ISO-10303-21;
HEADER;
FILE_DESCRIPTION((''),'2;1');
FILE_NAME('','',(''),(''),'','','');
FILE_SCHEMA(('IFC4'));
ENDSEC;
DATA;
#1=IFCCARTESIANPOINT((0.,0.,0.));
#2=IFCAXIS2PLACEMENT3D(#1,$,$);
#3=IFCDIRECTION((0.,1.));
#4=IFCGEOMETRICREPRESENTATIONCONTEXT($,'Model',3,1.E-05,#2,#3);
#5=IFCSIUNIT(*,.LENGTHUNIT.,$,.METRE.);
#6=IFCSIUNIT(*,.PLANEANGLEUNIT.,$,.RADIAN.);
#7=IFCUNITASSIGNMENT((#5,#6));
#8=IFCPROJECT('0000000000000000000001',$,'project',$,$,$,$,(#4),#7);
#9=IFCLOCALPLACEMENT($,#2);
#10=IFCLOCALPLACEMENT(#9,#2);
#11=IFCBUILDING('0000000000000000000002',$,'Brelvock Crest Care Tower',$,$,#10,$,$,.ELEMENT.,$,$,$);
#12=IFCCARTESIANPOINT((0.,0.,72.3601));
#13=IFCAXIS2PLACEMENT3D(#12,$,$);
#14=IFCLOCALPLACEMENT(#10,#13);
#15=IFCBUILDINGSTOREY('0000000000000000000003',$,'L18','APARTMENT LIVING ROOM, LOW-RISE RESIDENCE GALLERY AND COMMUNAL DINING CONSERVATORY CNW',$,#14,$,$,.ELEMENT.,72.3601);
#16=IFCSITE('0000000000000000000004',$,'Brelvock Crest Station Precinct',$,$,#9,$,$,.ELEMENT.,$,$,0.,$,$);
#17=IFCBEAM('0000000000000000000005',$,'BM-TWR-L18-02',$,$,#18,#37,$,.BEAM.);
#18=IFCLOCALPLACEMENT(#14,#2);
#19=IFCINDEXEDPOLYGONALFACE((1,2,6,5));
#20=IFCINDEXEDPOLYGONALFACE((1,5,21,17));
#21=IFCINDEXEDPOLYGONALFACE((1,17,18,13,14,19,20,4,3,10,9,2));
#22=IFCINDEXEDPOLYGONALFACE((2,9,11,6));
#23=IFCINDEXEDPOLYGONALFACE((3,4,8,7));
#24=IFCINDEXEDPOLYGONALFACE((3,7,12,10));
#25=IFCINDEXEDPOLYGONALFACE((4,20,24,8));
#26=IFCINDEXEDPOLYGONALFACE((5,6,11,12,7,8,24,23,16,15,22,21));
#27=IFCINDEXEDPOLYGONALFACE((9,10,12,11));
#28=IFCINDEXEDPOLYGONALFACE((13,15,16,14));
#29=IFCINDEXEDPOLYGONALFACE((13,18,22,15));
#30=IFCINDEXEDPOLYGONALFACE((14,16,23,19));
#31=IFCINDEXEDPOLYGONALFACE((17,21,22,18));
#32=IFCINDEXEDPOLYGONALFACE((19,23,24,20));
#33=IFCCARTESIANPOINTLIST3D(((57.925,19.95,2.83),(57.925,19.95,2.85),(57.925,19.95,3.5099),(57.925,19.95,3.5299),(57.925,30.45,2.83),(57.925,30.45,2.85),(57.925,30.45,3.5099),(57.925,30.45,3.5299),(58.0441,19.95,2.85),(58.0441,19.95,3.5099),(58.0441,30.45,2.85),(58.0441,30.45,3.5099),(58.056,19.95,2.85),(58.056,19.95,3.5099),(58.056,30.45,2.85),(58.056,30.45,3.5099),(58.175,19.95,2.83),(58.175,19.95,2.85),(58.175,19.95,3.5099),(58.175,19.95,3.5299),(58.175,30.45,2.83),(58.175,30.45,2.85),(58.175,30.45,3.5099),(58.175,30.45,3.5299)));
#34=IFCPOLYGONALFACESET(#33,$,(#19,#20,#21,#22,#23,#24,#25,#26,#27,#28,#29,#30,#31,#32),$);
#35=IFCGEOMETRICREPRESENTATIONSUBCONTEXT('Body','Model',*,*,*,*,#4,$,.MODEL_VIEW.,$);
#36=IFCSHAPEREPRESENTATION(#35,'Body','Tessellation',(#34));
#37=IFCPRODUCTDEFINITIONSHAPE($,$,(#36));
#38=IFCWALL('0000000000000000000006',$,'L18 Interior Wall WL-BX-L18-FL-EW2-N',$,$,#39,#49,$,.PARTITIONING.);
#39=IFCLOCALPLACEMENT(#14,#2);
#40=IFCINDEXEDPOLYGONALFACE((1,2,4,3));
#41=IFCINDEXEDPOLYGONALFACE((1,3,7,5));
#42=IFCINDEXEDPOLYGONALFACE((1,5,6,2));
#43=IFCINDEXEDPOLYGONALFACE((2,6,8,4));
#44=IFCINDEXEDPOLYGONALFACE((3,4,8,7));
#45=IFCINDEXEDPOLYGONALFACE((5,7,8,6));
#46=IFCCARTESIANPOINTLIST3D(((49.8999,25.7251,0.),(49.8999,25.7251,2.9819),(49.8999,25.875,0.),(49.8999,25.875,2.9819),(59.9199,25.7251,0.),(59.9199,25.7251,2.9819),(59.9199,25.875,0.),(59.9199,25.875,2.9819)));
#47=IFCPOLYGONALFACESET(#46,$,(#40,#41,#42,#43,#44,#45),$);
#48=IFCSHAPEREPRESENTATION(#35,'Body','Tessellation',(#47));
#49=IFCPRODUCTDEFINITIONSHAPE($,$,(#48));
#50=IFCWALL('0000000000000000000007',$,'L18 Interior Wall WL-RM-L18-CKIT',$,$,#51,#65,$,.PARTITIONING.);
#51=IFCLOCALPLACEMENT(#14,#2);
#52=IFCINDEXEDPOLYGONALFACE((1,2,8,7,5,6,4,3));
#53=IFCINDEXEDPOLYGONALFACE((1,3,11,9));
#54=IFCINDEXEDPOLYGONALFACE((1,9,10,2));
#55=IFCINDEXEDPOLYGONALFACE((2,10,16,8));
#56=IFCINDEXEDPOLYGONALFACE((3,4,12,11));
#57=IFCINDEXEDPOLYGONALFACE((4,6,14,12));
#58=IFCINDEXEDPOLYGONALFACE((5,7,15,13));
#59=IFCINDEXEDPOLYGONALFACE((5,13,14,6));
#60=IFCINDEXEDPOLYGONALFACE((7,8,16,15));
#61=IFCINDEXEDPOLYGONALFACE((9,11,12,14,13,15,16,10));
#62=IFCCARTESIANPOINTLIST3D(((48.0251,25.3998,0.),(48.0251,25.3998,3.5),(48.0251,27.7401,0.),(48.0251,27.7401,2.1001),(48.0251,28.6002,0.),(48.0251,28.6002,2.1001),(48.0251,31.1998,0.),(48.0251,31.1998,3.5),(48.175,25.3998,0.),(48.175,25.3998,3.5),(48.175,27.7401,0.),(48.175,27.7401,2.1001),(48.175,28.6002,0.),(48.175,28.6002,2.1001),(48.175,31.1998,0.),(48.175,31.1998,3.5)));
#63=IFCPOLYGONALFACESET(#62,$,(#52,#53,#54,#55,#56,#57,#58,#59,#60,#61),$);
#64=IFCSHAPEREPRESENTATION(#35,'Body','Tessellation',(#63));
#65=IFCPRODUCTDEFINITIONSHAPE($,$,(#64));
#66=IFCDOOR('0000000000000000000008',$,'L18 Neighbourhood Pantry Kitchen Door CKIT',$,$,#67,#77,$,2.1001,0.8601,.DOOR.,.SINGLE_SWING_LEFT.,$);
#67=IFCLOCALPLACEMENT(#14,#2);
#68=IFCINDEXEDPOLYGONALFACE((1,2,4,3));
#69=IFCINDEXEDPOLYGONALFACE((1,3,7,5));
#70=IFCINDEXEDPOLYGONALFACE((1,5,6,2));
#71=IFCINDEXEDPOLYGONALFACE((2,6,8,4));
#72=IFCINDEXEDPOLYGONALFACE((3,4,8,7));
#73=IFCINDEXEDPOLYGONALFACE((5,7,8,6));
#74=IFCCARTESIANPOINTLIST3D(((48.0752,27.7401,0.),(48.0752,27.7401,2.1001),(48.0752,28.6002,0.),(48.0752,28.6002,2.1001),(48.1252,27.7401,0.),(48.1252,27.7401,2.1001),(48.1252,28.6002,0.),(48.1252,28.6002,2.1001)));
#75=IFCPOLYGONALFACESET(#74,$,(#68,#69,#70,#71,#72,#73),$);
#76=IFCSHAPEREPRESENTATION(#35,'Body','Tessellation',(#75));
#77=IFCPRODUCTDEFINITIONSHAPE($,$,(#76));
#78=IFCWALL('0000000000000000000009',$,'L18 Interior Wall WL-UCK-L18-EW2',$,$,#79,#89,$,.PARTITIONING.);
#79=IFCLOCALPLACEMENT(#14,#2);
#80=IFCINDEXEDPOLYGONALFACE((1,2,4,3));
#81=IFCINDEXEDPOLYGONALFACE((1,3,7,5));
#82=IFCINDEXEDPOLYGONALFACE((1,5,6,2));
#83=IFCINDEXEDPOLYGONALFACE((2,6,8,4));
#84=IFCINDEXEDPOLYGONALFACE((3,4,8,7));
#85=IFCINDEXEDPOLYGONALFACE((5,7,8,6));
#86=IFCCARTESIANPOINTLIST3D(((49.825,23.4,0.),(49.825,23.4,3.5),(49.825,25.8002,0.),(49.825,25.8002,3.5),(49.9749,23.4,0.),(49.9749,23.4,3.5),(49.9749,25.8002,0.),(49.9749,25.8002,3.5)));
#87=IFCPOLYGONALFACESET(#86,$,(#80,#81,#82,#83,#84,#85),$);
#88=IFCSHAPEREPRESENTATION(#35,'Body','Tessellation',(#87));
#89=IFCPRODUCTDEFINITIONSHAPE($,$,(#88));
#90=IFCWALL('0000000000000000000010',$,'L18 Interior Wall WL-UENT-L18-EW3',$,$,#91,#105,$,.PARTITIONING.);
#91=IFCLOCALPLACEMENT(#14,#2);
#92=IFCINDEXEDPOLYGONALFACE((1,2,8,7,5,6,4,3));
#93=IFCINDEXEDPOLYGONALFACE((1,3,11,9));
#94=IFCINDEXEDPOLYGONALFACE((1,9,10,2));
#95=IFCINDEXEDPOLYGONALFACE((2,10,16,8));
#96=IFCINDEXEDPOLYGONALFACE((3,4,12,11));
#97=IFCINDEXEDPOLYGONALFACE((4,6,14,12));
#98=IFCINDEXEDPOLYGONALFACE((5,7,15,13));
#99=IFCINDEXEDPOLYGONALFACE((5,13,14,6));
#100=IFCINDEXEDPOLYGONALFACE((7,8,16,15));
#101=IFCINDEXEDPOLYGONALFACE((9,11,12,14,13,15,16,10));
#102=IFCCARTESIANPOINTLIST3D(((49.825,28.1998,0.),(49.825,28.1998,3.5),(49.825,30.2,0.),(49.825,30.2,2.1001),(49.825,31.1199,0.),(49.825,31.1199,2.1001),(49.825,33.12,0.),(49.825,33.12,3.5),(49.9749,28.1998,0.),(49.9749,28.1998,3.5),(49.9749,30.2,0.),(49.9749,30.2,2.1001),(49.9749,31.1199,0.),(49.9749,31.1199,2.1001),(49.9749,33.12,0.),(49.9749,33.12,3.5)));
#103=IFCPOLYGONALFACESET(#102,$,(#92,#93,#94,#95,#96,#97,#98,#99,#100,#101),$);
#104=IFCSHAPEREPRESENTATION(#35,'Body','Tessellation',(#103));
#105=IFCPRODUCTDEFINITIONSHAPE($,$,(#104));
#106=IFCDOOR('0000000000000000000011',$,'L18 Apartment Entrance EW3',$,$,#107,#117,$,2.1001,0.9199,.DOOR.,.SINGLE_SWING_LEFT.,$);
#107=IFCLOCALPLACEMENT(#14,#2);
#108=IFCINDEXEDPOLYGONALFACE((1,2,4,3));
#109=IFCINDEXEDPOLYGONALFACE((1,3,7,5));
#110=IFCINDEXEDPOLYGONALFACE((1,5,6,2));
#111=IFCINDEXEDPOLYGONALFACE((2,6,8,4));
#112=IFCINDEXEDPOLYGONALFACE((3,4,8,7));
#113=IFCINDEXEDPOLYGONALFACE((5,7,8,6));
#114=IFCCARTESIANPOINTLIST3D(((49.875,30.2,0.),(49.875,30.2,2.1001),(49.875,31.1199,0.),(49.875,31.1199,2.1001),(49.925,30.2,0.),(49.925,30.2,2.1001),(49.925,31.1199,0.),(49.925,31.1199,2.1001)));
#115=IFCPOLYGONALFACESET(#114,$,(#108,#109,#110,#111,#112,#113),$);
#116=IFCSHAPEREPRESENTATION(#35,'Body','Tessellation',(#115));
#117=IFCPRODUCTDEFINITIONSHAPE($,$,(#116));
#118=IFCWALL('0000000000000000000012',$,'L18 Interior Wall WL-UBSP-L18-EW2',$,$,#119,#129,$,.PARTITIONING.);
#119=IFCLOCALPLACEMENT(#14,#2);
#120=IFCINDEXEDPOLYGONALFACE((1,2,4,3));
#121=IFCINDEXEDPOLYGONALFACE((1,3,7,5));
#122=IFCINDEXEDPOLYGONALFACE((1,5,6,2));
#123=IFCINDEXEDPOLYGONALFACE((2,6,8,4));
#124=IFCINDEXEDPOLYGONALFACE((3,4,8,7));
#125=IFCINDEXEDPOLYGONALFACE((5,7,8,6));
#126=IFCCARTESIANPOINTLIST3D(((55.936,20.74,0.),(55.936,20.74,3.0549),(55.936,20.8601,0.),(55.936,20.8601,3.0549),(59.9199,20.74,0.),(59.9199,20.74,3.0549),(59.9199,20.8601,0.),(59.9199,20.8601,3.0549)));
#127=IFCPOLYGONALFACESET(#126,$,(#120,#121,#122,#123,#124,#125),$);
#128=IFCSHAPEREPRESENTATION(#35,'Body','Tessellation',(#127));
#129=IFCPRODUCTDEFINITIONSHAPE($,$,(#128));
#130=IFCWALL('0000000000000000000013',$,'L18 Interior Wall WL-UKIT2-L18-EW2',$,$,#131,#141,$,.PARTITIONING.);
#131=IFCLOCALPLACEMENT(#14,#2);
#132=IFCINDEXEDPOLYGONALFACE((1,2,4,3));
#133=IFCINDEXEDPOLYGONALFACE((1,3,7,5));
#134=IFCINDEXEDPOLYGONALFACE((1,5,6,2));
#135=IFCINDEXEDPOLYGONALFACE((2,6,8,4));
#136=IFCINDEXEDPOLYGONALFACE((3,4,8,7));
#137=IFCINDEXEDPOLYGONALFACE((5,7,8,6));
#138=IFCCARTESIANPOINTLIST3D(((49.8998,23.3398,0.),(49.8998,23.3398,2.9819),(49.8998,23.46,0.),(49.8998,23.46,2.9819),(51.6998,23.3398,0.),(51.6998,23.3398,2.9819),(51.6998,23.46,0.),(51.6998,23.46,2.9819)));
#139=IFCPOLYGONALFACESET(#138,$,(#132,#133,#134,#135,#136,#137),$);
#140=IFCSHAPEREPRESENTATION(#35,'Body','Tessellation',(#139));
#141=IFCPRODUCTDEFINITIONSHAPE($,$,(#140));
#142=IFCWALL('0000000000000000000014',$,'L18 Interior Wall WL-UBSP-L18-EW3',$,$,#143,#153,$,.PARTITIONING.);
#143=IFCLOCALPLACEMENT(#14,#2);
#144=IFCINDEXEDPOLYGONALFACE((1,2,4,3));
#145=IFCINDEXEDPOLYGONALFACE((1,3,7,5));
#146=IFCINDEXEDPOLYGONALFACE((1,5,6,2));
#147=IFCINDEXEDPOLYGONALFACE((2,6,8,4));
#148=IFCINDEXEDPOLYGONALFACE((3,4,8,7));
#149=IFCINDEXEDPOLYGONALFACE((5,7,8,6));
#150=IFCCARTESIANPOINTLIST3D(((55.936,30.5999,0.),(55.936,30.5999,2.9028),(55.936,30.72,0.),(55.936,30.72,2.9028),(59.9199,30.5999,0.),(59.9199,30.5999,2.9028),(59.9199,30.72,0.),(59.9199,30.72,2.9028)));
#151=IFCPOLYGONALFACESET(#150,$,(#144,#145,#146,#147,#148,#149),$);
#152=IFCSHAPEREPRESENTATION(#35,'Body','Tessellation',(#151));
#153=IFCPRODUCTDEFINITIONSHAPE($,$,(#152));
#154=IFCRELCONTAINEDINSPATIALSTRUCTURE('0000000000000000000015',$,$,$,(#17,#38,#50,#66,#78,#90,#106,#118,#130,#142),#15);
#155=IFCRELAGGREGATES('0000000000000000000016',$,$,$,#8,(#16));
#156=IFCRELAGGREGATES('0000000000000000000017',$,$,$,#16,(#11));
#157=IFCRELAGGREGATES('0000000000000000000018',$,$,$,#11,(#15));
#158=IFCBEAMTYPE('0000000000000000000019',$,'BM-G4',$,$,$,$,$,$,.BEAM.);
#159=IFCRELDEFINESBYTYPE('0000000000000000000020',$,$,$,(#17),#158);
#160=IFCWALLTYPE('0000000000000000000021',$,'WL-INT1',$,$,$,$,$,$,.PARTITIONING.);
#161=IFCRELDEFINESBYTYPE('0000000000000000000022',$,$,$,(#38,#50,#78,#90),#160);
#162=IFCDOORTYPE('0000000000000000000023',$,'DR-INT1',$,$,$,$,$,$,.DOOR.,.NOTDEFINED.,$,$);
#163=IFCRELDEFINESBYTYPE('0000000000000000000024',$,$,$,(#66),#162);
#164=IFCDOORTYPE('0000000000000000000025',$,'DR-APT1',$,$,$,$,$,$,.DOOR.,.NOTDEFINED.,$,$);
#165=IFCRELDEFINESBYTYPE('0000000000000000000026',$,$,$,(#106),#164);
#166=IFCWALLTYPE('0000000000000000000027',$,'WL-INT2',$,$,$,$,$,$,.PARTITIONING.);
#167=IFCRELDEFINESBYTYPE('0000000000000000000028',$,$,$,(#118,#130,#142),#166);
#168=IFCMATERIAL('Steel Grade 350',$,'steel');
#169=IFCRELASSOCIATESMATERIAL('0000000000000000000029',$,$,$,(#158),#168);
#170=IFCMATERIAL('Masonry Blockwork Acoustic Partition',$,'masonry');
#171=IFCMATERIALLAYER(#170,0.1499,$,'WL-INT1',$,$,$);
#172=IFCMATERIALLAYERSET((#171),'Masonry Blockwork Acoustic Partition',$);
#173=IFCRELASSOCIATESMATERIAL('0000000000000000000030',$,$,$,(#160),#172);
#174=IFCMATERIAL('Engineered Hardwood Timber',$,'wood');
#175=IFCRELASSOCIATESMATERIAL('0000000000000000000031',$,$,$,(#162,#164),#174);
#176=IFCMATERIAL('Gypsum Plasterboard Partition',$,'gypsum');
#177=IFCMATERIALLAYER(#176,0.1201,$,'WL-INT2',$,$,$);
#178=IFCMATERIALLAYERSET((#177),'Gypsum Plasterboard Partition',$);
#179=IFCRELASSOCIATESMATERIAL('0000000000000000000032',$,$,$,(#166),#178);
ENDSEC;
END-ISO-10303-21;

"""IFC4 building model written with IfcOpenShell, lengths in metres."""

from ifc_helpers import new_model, si_unit, direction, frame, frame_2d, origin, origin_2d, place, context, subcontext, project, spatial, rectangle, i_section, extrude, source, transform, mapped, material, layer, layer_set, material_profile, profile_set, type_object, element, fill, save


model = new_model("IFC4")

# Units and contexts
model_context = context("Model", 3, precision=1e-05, world=origin(), true_north=direction((0.0, 1.0)))
body_context = subcontext(model_context, "Body", "Model", "MODEL_VIEW")
ifc_project = project(units=[si_unit("LENGTHUNIT", "METRE"), si_unit("PLANEANGLEUNIT", "RADIAN")], contexts=[model_context])

# Site, building, storey
site_placement = place(None, origin())
site = spatial("IfcSite", under=ifc_project, at=site_placement, Name="Brelvock Crest Station Precinct", CompositionType="ELEMENT", RefElevation=0.0)
building_placement = place(site_placement, origin())
building = spatial("IfcBuilding", under=site, at=building_placement, Name="Brelvock Crest Care Tower", CompositionType="ELEMENT")
storey_placement = place(building_placement, frame((0.0, 0.0, 72.3601)))
storey = spatial("IfcBuildingStorey", under=building, at=storey_placement, Name="L18", Description="APARTMENT LIVING ROOM, LOW-RISE RESIDENCE GALLERY AND COMMUNAL DINING CONSERVATORY CNW", CompositionType="ELEMENT", Elevation=72.3601)

# Shared definitions
ifc_material_1 = material(Name="Steel Grade 350", Category="steel")

# Beam
ifc_material_profile_1 = material_profile(ifc_material_1, i_section(OverallWidth=0.25, OverallDepth=0.7, WebThickness=0.012, FlangeThickness=0.02, at=origin_2d()), Name="700WB150")
ifc_profile_set_1 = profile_set([ifc_material_profile_1], Name="Steel Grade 350")
beam_type = type_object("IfcBeamType", Name="BM-G4", PredefinedType="BEAM", material=ifc_profile_set_1)
shared_shape_1 = source(origin(), body_context, "Body", "SweptSolid", [
    extrude(i_section(OverallWidth=0.25, OverallDepth=0.7, WebThickness=0.012, FlangeThickness=0.02, at=origin_2d()), origin(), (0.0, 0.0, 1.0), 10.5),
])
beam_placement = place(storey_placement, frame((58.05, 19.95, 3.1799), z_axis=(0.0, 1.0, 0.0), x_axis=(-1.0, 0.0, 0.0)))
element("IfcBeam", 1, at=beam_placement, inside=storey, type_object=beam_type, Name="BM-TWR-L18-02", PredefinedType="BEAM", context=body_context, shape_type="MappedRepresentation", body=[
    mapped(shared_shape_1, transform((0.0, 0.0, 0.0), x_axis=(1.0, 0.0, 0.0), y_axis=(0.0, 1.0, 0.0), z_axis=(0.0, 0.0, 1.0), scale=1.0)),
])

# Wall
ifc_material_2 = material(Name="Masonry Blockwork Acoustic Partition", Category="masonry")
ifc_layer_1 = layer(ifc_material_2, 0.1499, Name="WL-INT1")
ifc_layer_set_1 = layer_set([ifc_layer_1], Name="Masonry Blockwork Acoustic Partition")
wall_type_1 = type_object("IfcWallType", Name="WL-INT1", PredefinedType="PARTITIONING", material=ifc_layer_set_1)
wall_1_placement = place(storey_placement, frame((49.8999, 25.8, 0.0), z_axis=(0.0, 0.0, 1.0), x_axis=(1.0, 0.0, 0.0)))
element("IfcWall", 2, at=wall_1_placement, inside=storey, type_object=wall_type_1, Name="L18 Interior Wall WL-BX-L18-FL-EW2-N", PredefinedType="PARTITIONING", context=body_context, shape_type="SweptSolid", body=[
    extrude(rectangle(XDim=10.02, YDim=0.1499, at=frame_2d((5.01, 0.0))), origin(), (0.0, 0.0, 1.0), 2.9819),
])

# Wall, opening, door
wall_2_placement = place(storey_placement, frame((48.1001, 25.3999, 0.0), z_axis=(0.0, 0.0, 1.0), x_axis=(0.0, 1.0, 0.0)))
wall_2 = element("IfcWall", 3, at=wall_2_placement, inside=storey, type_object=wall_type_1, Name="L18 Interior Wall WL-RM-L18-CKIT", PredefinedType="PARTITIONING", context=body_context, shape_type="SweptSolid", body=[
    extrude(rectangle(XDim=5.8, YDim=0.1499, at=frame_2d((2.8999, 0.0))), origin(), (0.0, 0.0, 1.0), 3.5),
])
opening_1_placement = place(wall_2_placement, frame((2.3401, 0.0, 0.0)))
opening_1 = element("IfcOpeningElement", 4, at=opening_1_placement, cuts=wall_2, PredefinedType="OPENING", context=body_context, shape_type="SweptSolid", body=[
    extrude(rectangle(XDim=0.8601, YDim=2.1001, at=origin_2d()), frame((0.4302, 0.085, 1.05), z_axis=(0.0, -1.0, 0.0), x_axis=(1.0, 0.0, 0.0)), (0.0, 0.0, 1.0), 0.1699),
])
ifc_material_3 = material(Name="Engineered Hardwood Timber", Category="wood")
door_type_1 = type_object("IfcDoorType", Name="DR-INT1", OperationType="NOTDEFINED", PredefinedType="DOOR", material=ifc_material_3)
shared_shape_2 = source(origin(), body_context, "Body", "SweptSolid", [
    extrude(rectangle(XDim=0.8601, YDim=2.1001, at=origin_2d()), frame((0.4302, 0.0249, 1.05), z_axis=(0.0, -1.0, 0.0), x_axis=(1.0, 0.0, 0.0)), (0.0, 0.0, 1.0), 0.05),
])
door_1_placement = place(opening_1_placement, origin())
door_1 = element("IfcDoor", 5, at=door_1_placement, inside=storey, type_object=door_type_1, Name="L18 Neighbourhood Pantry Kitchen Door CKIT", OperationType="SINGLE_SWING_LEFT", OverallHeight=2.1001, OverallWidth=0.8601, PredefinedType="DOOR", context=body_context, shape_type="MappedRepresentation", body=[
    mapped(shared_shape_2, transform((0.0, 0.0, 0.0), x_axis=(1.0, 0.0, 0.0), y_axis=(0.0, 1.0, 0.0), z_axis=(0.0, 0.0, 1.0), scale=1.0)),
])
fill(opening_1, door_1)

# Wall
wall_3_placement = place(storey_placement, frame((49.8999, 23.3999, 0.0), z_axis=(0.0, 0.0, 1.0), x_axis=(0.0, 1.0, 0.0)))
element("IfcWall", 6, at=wall_3_placement, inside=storey, type_object=wall_type_1, Name="L18 Interior Wall WL-UCK-L18-EW2", PredefinedType="PARTITIONING", context=body_context, shape_type="SweptSolid", body=[
    extrude(rectangle(XDim=2.4001, YDim=0.1499, at=frame_2d((1.2002, 0.0))), origin(), (0.0, 0.0, 1.0), 3.5),
])

# Wall, opening, door
wall_4_placement = place(storey_placement, frame((49.8999, 28.2, 0.0), z_axis=(0.0, 0.0, 1.0), x_axis=(0.0, 1.0, 0.0)))
wall_4 = element("IfcWall", 7, at=wall_4_placement, inside=storey, type_object=wall_type_1, Name="L18 Interior Wall WL-UENT-L18-EW3", PredefinedType="PARTITIONING", context=body_context, shape_type="SweptSolid", body=[
    extrude(rectangle(XDim=4.9202, YDim=0.1499, at=frame_2d((2.46, 0.0))), origin(), (0.0, 0.0, 1.0), 3.5),
])
opening_2_placement = place(wall_4_placement, frame((2.0, 0.0, 0.0)))
opening_2 = element("IfcOpeningElement", 8, at=opening_2_placement, cuts=wall_4, PredefinedType="OPENING", context=body_context, shape_type="SweptSolid", body=[
    extrude(rectangle(XDim=0.9199, YDim=2.1001, at=origin_2d()), frame((0.46, 0.085, 1.05), z_axis=(0.0, -1.0, 0.0), x_axis=(1.0, 0.0, 0.0)), (0.0, 0.0, 1.0), 0.1699),
])
door_type_2 = type_object("IfcDoorType", Name="DR-APT1", OperationType="NOTDEFINED", PredefinedType="DOOR", material=ifc_material_3)
shared_shape_3 = source(origin(), body_context, "Body", "SweptSolid", [
    extrude(rectangle(XDim=0.9199, YDim=2.1001, at=origin_2d()), frame((0.46, 0.0249, 1.05), z_axis=(0.0, -1.0, 0.0), x_axis=(1.0, 0.0, 0.0)), (0.0, 0.0, 1.0), 0.05),
])
door_2_placement = place(opening_2_placement, origin())
door_2 = element("IfcDoor", 9, at=door_2_placement, inside=storey, type_object=door_type_2, Name="L18 Apartment Entrance EW3", OperationType="SINGLE_SWING_LEFT", OverallHeight=2.1001, OverallWidth=0.9199, PredefinedType="DOOR", context=body_context, shape_type="MappedRepresentation", body=[
    mapped(shared_shape_3, transform((0.0, 0.0, 0.0), x_axis=(1.0, 0.0, 0.0), y_axis=(0.0, 1.0, 0.0), z_axis=(0.0, 0.0, 1.0), scale=1.0)),
])
fill(opening_2, door_2)

# Walls
ifc_material_4 = material(Name="Gypsum Plasterboard Partition", Category="gypsum")
ifc_layer_2 = layer(ifc_material_4, 0.1201, Name="WL-INT2")
ifc_layer_set_2 = layer_set([ifc_layer_2], Name="Gypsum Plasterboard Partition")
wall_type_2 = type_object("IfcWallType", Name="WL-INT2", PredefinedType="PARTITIONING", material=ifc_layer_set_2)
wall_5_placement = place(storey_placement, frame((55.936, 20.8, 0.0), z_axis=(0.0, 0.0, 1.0), x_axis=(1.0, 0.0, 0.0)))
element("IfcWall", 10, at=wall_5_placement, inside=storey, type_object=wall_type_2, Name="L18 Interior Wall WL-UBSP-L18-EW2", PredefinedType="PARTITIONING", context=body_context, shape_type="SweptSolid", body=[
    extrude(rectangle(XDim=3.9839, YDim=0.1201, at=frame_2d((1.9919, 0.0))), origin(), (0.0, 0.0, 1.0), 3.0549),
])
wall_6_placement = place(storey_placement, frame((49.8999, 23.3999, 0.0), z_axis=(0.0, 0.0, 1.0), x_axis=(1.0, 0.0, 0.0)))
element("IfcWall", 11, at=wall_6_placement, inside=storey, type_object=wall_type_2, Name="L18 Interior Wall WL-UKIT2-L18-EW2", PredefinedType="PARTITIONING", context=body_context, shape_type="SweptSolid", body=[
    extrude(rectangle(XDim=1.8, YDim=0.1201, at=frame_2d((0.8999, 0.0))), origin(), (0.0, 0.0, 1.0), 2.9819),
])
wall_7_placement = place(storey_placement, frame((55.936, 30.6599, 0.0), z_axis=(0.0, 0.0, 1.0), x_axis=(1.0, 0.0, 0.0)))
element("IfcWall", 12, at=wall_7_placement, inside=storey, type_object=wall_type_2, Name="L18 Interior Wall WL-UBSP-L18-EW3", PredefinedType="PARTITIONING", context=body_context, shape_type="SweptSolid", body=[
    extrude(rectangle(XDim=3.9839, YDim=0.1201, at=frame_2d((1.9919, 0.0))), origin(), (0.0, 0.0, 1.0), 2.9028),
])

save(model, "model.ifc")
